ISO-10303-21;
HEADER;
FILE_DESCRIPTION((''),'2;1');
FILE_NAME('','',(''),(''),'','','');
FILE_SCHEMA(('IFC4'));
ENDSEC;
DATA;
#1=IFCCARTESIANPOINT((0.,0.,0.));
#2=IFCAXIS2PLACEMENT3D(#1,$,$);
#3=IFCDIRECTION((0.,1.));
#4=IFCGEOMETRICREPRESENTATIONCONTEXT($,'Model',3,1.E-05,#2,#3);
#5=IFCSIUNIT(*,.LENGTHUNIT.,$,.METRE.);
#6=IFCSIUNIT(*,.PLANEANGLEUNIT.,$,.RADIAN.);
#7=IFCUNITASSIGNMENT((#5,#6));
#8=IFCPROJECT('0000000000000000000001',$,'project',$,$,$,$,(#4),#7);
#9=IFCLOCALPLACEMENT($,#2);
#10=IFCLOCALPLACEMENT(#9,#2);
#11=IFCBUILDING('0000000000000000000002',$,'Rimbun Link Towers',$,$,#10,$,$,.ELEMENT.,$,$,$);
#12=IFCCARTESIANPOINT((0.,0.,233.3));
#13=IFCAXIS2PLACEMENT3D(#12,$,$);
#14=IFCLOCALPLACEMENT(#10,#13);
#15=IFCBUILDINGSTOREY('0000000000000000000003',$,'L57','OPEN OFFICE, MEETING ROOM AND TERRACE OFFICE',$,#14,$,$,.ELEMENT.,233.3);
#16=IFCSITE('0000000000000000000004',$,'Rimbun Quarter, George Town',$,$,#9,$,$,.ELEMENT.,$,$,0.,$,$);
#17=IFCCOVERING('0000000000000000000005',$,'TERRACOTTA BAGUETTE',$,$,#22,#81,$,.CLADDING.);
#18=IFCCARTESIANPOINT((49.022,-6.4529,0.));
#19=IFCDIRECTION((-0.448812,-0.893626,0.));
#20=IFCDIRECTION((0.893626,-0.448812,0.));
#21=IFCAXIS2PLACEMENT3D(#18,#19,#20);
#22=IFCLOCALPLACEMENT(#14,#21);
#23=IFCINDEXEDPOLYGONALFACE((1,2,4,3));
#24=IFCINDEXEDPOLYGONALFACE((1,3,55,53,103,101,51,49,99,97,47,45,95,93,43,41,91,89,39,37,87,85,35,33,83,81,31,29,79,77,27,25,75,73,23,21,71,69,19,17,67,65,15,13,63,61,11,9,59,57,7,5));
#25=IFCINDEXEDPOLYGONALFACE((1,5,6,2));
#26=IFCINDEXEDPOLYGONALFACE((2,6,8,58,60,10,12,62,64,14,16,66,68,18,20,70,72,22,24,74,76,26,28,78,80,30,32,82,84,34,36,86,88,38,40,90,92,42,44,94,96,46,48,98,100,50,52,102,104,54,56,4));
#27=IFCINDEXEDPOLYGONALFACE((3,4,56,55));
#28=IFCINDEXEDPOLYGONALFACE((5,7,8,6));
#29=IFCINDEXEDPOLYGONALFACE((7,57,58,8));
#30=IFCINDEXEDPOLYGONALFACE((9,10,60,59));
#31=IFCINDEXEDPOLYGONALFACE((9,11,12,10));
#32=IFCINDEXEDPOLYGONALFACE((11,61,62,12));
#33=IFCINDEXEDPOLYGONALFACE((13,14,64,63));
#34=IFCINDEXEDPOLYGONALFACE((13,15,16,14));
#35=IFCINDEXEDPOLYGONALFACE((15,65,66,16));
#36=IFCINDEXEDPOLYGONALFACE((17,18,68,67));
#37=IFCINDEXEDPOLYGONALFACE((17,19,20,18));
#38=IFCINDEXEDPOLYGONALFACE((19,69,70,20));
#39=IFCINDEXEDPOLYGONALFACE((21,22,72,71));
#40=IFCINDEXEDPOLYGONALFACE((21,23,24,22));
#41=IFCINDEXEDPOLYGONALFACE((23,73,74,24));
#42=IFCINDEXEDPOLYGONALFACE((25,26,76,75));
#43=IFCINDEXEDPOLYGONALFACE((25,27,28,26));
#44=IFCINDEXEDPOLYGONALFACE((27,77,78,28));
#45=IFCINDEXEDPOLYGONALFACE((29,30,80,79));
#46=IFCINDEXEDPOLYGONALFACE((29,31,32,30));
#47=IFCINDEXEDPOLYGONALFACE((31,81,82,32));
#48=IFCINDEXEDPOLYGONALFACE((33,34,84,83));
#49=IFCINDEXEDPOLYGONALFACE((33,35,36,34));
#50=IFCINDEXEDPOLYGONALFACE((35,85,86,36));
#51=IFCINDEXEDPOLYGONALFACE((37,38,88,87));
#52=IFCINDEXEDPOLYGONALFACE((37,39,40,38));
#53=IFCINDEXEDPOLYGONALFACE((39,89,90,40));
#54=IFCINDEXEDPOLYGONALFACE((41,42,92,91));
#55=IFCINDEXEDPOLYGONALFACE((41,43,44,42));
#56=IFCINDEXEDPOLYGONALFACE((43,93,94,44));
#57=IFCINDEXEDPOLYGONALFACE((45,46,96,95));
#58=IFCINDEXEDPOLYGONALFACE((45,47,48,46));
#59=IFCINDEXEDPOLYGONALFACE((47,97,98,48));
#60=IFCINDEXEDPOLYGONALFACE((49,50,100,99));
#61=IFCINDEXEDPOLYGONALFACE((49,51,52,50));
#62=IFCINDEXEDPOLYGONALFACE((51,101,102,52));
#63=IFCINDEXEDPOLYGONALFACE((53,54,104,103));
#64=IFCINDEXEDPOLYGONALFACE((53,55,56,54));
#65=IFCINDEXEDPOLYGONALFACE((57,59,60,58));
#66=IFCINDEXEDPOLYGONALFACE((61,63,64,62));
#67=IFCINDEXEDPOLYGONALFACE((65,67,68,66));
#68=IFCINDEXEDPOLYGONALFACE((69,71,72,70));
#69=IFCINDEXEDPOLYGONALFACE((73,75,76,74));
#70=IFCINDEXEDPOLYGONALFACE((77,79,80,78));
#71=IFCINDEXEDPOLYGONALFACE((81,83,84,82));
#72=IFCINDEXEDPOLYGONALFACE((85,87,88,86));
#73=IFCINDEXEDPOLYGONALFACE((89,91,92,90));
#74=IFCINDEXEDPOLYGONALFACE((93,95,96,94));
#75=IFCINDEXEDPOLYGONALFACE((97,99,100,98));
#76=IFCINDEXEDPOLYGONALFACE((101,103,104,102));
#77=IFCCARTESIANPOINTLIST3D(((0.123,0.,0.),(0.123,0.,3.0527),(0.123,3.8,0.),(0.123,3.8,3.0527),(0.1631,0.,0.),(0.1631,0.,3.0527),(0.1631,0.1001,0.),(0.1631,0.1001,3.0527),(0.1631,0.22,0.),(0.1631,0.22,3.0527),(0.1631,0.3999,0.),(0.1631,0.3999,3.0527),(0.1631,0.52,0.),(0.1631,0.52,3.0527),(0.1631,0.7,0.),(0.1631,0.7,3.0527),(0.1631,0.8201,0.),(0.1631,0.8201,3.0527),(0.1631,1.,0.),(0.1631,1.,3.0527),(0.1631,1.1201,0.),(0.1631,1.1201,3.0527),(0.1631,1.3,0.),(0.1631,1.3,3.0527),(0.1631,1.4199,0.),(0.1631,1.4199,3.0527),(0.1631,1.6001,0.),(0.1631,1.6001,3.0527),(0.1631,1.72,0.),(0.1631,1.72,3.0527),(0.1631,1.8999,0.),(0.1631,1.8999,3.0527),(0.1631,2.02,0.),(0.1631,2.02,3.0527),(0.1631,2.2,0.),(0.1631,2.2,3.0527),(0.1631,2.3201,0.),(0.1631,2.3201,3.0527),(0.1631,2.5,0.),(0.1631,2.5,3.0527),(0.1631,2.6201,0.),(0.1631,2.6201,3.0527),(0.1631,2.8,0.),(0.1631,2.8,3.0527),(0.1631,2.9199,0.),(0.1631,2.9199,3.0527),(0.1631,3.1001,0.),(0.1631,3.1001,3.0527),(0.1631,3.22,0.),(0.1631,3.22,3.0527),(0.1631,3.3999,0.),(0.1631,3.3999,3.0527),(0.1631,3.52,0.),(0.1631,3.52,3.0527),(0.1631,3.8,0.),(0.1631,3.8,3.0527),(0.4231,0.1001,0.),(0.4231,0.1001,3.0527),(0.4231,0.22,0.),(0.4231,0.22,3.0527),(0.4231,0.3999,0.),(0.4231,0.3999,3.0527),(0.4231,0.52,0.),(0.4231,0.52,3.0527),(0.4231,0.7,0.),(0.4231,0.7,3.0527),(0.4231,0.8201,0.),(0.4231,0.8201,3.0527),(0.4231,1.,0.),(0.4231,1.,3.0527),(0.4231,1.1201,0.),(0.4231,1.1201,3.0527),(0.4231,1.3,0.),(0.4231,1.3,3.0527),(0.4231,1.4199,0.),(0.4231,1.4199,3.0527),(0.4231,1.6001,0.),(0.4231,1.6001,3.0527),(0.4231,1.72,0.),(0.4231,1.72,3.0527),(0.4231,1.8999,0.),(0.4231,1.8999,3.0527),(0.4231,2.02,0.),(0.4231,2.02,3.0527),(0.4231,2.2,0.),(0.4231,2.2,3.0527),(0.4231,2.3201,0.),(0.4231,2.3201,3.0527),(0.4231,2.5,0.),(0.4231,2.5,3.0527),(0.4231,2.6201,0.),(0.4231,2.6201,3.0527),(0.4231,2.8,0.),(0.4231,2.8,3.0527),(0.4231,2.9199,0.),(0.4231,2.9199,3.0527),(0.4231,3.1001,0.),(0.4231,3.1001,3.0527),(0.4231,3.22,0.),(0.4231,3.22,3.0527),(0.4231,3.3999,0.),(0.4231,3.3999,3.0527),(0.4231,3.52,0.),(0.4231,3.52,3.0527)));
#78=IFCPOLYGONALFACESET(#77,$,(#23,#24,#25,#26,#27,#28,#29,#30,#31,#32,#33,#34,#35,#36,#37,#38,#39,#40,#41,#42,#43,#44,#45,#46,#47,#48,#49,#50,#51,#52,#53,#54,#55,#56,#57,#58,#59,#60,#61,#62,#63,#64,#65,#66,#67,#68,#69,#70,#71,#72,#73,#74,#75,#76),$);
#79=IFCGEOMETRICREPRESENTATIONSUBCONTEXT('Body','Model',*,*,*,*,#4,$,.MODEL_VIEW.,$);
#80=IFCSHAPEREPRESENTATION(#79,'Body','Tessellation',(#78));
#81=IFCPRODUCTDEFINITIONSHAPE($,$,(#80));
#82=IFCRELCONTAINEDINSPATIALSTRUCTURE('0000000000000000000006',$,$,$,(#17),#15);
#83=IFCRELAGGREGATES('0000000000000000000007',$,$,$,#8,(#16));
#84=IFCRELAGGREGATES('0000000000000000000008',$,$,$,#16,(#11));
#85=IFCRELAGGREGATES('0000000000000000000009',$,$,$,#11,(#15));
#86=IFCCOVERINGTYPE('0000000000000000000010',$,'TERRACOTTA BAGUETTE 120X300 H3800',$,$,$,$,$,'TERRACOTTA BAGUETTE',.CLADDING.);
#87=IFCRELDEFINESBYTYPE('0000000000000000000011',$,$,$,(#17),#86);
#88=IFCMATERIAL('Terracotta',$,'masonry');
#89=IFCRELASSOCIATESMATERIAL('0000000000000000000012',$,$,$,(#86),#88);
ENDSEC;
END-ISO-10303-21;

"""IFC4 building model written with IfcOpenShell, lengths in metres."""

from ifc_helpers import new_model, si_unit, direction, frame, origin, place, context, subcontext, project, spatial, polyline, outline, extrude, material, material_profile, profile_set, type_object, element, save


model = new_model("IFC4")

# Units and contexts
model_context = context("Model", 3, precision=1e-05, world=origin(), true_north=direction((0.0, 1.0)))
body_context = subcontext(model_context, "Body", "Model", "MODEL_VIEW")
ifc_project = project(units=[si_unit("LENGTHUNIT", "METRE"), si_unit("PLANEANGLEUNIT", "RADIAN")], contexts=[model_context])

# Site, building, storey
site_placement = place(None, origin())
site = spatial("IfcSite", under=ifc_project, at=site_placement, Name="Rimbun Quarter, George Town", CompositionType="ELEMENT", RefElevation=0.0)
building_placement = place(site_placement, origin())
building = spatial("IfcBuilding", under=site, at=building_placement, Name="Rimbun Link Towers", CompositionType="ELEMENT")
storey_placement = place(building_placement, frame((0.0, 0.0, 233.3)))
storey = spatial("IfcBuildingStorey", under=building, at=storey_placement, Name="L57", Description="OPEN OFFICE, MEETING ROOM AND TERRACE OFFICE", CompositionType="ELEMENT", Elevation=233.3)

# Covering
ifc_material_1 = material(Name="Terracotta", Category="masonry")
ifc_material_profile_1 = material_profile(ifc_material_1, outline(polyline([(0.123, 0.0), (0.1631, 0.0), (0.1631, 0.1001), (0.4231, 0.1001), (0.4231, 0.22), (0.1631, 0.22), (0.1631, 0.3999), (0.4231, 0.3999), (0.4231, 0.52), (0.1631, 0.52), (0.1631, 0.7), (0.4231, 0.7), (0.4231, 0.8201), (0.1631, 0.8201), (0.1631, 1.0), (0.4231, 1.0), (0.4231, 1.1201), (0.1631, 1.1201), (0.1631, 1.3), (0.4231, 1.3), (0.4231, 1.4199), (0.1631, 1.4199), (0.1631, 1.6001), (0.4231, 1.6001), (0.4231, 1.72), (0.1631, 1.72), (0.1631, 1.8999), (0.4231, 1.8999), (0.4231, 2.02), (0.1631, 2.02), (0.1631, 2.2), (0.4231, 2.2), (0.4231, 2.3201), (0.1631, 2.3201), (0.1631, 2.5), (0.4231, 2.5), (0.4231, 2.6201), (0.1631, 2.6201), (0.1631, 2.8), (0.4231, 2.8), (0.4231, 2.9199), (0.1631, 2.9199), (0.1631, 3.1001), (0.4231, 3.1001), (0.4231, 3.22), (0.1631, 3.22), (0.1631, 3.3999), (0.4231, 3.3999), (0.4231, 3.52), (0.1631, 3.52), (0.1631, 3.8), (0.123, 3.8), (0.123, 0.0)])), Name="BAGUETTE 120X300")
ifc_profile_set_1 = profile_set([ifc_material_profile_1], Name="Terracotta")
covering_type = type_object("IfcCoveringType", Name="TERRACOTTA BAGUETTE 120X300 H3800", ElementType="TERRACOTTA BAGUETTE", PredefinedType="CLADDING", material=ifc_profile_set_1)
covering_placement = place(storey_placement, frame((49.022, -6.4529, 0.0), z_axis=(-0.448812, -0.893626, 0.0), x_axis=(0.893626, -0.448812, 0.0)))
element("IfcCovering", 1, at=covering_placement, inside=storey, type_object=covering_type, Name="TERRACOTTA BAGUETTE", PredefinedType="CLADDING", context=body_context, shape_type="SweptSolid", body=[
    extrude(outline(polyline([(0.123, 0.0), (0.1631, 0.0), (0.1631, 0.1001), (0.4231, 0.1001), (0.4231, 0.22), (0.1631, 0.22), (0.1631, 0.3999), (0.4231, 0.3999), (0.4231, 0.52), (0.1631, 0.52), (0.1631, 0.7), (0.4231, 0.7), (0.4231, 0.8201), (0.1631, 0.8201), (0.1631, 1.0), (0.4231, 1.0), (0.4231, 1.1201), (0.1631, 1.1201), (0.1631, 1.3), (0.4231, 1.3), (0.4231, 1.4199), (0.1631, 1.4199), (0.1631, 1.6001), (0.4231, 1.6001), (0.4231, 1.72), (0.1631, 1.72), (0.1631, 1.8999), (0.4231, 1.8999), (0.4231, 2.02), (0.1631, 2.02), (0.1631, 2.2), (0.4231, 2.2), (0.4231, 2.3201), (0.1631, 2.3201), (0.1631, 2.5), (0.4231, 2.5), (0.4231, 2.6201), (0.1631, 2.6201), (0.1631, 2.8), (0.4231, 2.8), (0.4231, 2.9199), (0.1631, 2.9199), (0.1631, 3.1001), (0.4231, 3.1001), (0.4231, 3.22), (0.1631, 3.22), (0.1631, 3.3999), (0.4231, 3.3999), (0.4231, 3.52), (0.1631, 3.52), (0.1631, 3.8), (0.123, 3.8), (0.123, 0.0)])), origin(), (0.0, 0.0, 1.0), 3.0527),
])

save(model, "model.ifc")
